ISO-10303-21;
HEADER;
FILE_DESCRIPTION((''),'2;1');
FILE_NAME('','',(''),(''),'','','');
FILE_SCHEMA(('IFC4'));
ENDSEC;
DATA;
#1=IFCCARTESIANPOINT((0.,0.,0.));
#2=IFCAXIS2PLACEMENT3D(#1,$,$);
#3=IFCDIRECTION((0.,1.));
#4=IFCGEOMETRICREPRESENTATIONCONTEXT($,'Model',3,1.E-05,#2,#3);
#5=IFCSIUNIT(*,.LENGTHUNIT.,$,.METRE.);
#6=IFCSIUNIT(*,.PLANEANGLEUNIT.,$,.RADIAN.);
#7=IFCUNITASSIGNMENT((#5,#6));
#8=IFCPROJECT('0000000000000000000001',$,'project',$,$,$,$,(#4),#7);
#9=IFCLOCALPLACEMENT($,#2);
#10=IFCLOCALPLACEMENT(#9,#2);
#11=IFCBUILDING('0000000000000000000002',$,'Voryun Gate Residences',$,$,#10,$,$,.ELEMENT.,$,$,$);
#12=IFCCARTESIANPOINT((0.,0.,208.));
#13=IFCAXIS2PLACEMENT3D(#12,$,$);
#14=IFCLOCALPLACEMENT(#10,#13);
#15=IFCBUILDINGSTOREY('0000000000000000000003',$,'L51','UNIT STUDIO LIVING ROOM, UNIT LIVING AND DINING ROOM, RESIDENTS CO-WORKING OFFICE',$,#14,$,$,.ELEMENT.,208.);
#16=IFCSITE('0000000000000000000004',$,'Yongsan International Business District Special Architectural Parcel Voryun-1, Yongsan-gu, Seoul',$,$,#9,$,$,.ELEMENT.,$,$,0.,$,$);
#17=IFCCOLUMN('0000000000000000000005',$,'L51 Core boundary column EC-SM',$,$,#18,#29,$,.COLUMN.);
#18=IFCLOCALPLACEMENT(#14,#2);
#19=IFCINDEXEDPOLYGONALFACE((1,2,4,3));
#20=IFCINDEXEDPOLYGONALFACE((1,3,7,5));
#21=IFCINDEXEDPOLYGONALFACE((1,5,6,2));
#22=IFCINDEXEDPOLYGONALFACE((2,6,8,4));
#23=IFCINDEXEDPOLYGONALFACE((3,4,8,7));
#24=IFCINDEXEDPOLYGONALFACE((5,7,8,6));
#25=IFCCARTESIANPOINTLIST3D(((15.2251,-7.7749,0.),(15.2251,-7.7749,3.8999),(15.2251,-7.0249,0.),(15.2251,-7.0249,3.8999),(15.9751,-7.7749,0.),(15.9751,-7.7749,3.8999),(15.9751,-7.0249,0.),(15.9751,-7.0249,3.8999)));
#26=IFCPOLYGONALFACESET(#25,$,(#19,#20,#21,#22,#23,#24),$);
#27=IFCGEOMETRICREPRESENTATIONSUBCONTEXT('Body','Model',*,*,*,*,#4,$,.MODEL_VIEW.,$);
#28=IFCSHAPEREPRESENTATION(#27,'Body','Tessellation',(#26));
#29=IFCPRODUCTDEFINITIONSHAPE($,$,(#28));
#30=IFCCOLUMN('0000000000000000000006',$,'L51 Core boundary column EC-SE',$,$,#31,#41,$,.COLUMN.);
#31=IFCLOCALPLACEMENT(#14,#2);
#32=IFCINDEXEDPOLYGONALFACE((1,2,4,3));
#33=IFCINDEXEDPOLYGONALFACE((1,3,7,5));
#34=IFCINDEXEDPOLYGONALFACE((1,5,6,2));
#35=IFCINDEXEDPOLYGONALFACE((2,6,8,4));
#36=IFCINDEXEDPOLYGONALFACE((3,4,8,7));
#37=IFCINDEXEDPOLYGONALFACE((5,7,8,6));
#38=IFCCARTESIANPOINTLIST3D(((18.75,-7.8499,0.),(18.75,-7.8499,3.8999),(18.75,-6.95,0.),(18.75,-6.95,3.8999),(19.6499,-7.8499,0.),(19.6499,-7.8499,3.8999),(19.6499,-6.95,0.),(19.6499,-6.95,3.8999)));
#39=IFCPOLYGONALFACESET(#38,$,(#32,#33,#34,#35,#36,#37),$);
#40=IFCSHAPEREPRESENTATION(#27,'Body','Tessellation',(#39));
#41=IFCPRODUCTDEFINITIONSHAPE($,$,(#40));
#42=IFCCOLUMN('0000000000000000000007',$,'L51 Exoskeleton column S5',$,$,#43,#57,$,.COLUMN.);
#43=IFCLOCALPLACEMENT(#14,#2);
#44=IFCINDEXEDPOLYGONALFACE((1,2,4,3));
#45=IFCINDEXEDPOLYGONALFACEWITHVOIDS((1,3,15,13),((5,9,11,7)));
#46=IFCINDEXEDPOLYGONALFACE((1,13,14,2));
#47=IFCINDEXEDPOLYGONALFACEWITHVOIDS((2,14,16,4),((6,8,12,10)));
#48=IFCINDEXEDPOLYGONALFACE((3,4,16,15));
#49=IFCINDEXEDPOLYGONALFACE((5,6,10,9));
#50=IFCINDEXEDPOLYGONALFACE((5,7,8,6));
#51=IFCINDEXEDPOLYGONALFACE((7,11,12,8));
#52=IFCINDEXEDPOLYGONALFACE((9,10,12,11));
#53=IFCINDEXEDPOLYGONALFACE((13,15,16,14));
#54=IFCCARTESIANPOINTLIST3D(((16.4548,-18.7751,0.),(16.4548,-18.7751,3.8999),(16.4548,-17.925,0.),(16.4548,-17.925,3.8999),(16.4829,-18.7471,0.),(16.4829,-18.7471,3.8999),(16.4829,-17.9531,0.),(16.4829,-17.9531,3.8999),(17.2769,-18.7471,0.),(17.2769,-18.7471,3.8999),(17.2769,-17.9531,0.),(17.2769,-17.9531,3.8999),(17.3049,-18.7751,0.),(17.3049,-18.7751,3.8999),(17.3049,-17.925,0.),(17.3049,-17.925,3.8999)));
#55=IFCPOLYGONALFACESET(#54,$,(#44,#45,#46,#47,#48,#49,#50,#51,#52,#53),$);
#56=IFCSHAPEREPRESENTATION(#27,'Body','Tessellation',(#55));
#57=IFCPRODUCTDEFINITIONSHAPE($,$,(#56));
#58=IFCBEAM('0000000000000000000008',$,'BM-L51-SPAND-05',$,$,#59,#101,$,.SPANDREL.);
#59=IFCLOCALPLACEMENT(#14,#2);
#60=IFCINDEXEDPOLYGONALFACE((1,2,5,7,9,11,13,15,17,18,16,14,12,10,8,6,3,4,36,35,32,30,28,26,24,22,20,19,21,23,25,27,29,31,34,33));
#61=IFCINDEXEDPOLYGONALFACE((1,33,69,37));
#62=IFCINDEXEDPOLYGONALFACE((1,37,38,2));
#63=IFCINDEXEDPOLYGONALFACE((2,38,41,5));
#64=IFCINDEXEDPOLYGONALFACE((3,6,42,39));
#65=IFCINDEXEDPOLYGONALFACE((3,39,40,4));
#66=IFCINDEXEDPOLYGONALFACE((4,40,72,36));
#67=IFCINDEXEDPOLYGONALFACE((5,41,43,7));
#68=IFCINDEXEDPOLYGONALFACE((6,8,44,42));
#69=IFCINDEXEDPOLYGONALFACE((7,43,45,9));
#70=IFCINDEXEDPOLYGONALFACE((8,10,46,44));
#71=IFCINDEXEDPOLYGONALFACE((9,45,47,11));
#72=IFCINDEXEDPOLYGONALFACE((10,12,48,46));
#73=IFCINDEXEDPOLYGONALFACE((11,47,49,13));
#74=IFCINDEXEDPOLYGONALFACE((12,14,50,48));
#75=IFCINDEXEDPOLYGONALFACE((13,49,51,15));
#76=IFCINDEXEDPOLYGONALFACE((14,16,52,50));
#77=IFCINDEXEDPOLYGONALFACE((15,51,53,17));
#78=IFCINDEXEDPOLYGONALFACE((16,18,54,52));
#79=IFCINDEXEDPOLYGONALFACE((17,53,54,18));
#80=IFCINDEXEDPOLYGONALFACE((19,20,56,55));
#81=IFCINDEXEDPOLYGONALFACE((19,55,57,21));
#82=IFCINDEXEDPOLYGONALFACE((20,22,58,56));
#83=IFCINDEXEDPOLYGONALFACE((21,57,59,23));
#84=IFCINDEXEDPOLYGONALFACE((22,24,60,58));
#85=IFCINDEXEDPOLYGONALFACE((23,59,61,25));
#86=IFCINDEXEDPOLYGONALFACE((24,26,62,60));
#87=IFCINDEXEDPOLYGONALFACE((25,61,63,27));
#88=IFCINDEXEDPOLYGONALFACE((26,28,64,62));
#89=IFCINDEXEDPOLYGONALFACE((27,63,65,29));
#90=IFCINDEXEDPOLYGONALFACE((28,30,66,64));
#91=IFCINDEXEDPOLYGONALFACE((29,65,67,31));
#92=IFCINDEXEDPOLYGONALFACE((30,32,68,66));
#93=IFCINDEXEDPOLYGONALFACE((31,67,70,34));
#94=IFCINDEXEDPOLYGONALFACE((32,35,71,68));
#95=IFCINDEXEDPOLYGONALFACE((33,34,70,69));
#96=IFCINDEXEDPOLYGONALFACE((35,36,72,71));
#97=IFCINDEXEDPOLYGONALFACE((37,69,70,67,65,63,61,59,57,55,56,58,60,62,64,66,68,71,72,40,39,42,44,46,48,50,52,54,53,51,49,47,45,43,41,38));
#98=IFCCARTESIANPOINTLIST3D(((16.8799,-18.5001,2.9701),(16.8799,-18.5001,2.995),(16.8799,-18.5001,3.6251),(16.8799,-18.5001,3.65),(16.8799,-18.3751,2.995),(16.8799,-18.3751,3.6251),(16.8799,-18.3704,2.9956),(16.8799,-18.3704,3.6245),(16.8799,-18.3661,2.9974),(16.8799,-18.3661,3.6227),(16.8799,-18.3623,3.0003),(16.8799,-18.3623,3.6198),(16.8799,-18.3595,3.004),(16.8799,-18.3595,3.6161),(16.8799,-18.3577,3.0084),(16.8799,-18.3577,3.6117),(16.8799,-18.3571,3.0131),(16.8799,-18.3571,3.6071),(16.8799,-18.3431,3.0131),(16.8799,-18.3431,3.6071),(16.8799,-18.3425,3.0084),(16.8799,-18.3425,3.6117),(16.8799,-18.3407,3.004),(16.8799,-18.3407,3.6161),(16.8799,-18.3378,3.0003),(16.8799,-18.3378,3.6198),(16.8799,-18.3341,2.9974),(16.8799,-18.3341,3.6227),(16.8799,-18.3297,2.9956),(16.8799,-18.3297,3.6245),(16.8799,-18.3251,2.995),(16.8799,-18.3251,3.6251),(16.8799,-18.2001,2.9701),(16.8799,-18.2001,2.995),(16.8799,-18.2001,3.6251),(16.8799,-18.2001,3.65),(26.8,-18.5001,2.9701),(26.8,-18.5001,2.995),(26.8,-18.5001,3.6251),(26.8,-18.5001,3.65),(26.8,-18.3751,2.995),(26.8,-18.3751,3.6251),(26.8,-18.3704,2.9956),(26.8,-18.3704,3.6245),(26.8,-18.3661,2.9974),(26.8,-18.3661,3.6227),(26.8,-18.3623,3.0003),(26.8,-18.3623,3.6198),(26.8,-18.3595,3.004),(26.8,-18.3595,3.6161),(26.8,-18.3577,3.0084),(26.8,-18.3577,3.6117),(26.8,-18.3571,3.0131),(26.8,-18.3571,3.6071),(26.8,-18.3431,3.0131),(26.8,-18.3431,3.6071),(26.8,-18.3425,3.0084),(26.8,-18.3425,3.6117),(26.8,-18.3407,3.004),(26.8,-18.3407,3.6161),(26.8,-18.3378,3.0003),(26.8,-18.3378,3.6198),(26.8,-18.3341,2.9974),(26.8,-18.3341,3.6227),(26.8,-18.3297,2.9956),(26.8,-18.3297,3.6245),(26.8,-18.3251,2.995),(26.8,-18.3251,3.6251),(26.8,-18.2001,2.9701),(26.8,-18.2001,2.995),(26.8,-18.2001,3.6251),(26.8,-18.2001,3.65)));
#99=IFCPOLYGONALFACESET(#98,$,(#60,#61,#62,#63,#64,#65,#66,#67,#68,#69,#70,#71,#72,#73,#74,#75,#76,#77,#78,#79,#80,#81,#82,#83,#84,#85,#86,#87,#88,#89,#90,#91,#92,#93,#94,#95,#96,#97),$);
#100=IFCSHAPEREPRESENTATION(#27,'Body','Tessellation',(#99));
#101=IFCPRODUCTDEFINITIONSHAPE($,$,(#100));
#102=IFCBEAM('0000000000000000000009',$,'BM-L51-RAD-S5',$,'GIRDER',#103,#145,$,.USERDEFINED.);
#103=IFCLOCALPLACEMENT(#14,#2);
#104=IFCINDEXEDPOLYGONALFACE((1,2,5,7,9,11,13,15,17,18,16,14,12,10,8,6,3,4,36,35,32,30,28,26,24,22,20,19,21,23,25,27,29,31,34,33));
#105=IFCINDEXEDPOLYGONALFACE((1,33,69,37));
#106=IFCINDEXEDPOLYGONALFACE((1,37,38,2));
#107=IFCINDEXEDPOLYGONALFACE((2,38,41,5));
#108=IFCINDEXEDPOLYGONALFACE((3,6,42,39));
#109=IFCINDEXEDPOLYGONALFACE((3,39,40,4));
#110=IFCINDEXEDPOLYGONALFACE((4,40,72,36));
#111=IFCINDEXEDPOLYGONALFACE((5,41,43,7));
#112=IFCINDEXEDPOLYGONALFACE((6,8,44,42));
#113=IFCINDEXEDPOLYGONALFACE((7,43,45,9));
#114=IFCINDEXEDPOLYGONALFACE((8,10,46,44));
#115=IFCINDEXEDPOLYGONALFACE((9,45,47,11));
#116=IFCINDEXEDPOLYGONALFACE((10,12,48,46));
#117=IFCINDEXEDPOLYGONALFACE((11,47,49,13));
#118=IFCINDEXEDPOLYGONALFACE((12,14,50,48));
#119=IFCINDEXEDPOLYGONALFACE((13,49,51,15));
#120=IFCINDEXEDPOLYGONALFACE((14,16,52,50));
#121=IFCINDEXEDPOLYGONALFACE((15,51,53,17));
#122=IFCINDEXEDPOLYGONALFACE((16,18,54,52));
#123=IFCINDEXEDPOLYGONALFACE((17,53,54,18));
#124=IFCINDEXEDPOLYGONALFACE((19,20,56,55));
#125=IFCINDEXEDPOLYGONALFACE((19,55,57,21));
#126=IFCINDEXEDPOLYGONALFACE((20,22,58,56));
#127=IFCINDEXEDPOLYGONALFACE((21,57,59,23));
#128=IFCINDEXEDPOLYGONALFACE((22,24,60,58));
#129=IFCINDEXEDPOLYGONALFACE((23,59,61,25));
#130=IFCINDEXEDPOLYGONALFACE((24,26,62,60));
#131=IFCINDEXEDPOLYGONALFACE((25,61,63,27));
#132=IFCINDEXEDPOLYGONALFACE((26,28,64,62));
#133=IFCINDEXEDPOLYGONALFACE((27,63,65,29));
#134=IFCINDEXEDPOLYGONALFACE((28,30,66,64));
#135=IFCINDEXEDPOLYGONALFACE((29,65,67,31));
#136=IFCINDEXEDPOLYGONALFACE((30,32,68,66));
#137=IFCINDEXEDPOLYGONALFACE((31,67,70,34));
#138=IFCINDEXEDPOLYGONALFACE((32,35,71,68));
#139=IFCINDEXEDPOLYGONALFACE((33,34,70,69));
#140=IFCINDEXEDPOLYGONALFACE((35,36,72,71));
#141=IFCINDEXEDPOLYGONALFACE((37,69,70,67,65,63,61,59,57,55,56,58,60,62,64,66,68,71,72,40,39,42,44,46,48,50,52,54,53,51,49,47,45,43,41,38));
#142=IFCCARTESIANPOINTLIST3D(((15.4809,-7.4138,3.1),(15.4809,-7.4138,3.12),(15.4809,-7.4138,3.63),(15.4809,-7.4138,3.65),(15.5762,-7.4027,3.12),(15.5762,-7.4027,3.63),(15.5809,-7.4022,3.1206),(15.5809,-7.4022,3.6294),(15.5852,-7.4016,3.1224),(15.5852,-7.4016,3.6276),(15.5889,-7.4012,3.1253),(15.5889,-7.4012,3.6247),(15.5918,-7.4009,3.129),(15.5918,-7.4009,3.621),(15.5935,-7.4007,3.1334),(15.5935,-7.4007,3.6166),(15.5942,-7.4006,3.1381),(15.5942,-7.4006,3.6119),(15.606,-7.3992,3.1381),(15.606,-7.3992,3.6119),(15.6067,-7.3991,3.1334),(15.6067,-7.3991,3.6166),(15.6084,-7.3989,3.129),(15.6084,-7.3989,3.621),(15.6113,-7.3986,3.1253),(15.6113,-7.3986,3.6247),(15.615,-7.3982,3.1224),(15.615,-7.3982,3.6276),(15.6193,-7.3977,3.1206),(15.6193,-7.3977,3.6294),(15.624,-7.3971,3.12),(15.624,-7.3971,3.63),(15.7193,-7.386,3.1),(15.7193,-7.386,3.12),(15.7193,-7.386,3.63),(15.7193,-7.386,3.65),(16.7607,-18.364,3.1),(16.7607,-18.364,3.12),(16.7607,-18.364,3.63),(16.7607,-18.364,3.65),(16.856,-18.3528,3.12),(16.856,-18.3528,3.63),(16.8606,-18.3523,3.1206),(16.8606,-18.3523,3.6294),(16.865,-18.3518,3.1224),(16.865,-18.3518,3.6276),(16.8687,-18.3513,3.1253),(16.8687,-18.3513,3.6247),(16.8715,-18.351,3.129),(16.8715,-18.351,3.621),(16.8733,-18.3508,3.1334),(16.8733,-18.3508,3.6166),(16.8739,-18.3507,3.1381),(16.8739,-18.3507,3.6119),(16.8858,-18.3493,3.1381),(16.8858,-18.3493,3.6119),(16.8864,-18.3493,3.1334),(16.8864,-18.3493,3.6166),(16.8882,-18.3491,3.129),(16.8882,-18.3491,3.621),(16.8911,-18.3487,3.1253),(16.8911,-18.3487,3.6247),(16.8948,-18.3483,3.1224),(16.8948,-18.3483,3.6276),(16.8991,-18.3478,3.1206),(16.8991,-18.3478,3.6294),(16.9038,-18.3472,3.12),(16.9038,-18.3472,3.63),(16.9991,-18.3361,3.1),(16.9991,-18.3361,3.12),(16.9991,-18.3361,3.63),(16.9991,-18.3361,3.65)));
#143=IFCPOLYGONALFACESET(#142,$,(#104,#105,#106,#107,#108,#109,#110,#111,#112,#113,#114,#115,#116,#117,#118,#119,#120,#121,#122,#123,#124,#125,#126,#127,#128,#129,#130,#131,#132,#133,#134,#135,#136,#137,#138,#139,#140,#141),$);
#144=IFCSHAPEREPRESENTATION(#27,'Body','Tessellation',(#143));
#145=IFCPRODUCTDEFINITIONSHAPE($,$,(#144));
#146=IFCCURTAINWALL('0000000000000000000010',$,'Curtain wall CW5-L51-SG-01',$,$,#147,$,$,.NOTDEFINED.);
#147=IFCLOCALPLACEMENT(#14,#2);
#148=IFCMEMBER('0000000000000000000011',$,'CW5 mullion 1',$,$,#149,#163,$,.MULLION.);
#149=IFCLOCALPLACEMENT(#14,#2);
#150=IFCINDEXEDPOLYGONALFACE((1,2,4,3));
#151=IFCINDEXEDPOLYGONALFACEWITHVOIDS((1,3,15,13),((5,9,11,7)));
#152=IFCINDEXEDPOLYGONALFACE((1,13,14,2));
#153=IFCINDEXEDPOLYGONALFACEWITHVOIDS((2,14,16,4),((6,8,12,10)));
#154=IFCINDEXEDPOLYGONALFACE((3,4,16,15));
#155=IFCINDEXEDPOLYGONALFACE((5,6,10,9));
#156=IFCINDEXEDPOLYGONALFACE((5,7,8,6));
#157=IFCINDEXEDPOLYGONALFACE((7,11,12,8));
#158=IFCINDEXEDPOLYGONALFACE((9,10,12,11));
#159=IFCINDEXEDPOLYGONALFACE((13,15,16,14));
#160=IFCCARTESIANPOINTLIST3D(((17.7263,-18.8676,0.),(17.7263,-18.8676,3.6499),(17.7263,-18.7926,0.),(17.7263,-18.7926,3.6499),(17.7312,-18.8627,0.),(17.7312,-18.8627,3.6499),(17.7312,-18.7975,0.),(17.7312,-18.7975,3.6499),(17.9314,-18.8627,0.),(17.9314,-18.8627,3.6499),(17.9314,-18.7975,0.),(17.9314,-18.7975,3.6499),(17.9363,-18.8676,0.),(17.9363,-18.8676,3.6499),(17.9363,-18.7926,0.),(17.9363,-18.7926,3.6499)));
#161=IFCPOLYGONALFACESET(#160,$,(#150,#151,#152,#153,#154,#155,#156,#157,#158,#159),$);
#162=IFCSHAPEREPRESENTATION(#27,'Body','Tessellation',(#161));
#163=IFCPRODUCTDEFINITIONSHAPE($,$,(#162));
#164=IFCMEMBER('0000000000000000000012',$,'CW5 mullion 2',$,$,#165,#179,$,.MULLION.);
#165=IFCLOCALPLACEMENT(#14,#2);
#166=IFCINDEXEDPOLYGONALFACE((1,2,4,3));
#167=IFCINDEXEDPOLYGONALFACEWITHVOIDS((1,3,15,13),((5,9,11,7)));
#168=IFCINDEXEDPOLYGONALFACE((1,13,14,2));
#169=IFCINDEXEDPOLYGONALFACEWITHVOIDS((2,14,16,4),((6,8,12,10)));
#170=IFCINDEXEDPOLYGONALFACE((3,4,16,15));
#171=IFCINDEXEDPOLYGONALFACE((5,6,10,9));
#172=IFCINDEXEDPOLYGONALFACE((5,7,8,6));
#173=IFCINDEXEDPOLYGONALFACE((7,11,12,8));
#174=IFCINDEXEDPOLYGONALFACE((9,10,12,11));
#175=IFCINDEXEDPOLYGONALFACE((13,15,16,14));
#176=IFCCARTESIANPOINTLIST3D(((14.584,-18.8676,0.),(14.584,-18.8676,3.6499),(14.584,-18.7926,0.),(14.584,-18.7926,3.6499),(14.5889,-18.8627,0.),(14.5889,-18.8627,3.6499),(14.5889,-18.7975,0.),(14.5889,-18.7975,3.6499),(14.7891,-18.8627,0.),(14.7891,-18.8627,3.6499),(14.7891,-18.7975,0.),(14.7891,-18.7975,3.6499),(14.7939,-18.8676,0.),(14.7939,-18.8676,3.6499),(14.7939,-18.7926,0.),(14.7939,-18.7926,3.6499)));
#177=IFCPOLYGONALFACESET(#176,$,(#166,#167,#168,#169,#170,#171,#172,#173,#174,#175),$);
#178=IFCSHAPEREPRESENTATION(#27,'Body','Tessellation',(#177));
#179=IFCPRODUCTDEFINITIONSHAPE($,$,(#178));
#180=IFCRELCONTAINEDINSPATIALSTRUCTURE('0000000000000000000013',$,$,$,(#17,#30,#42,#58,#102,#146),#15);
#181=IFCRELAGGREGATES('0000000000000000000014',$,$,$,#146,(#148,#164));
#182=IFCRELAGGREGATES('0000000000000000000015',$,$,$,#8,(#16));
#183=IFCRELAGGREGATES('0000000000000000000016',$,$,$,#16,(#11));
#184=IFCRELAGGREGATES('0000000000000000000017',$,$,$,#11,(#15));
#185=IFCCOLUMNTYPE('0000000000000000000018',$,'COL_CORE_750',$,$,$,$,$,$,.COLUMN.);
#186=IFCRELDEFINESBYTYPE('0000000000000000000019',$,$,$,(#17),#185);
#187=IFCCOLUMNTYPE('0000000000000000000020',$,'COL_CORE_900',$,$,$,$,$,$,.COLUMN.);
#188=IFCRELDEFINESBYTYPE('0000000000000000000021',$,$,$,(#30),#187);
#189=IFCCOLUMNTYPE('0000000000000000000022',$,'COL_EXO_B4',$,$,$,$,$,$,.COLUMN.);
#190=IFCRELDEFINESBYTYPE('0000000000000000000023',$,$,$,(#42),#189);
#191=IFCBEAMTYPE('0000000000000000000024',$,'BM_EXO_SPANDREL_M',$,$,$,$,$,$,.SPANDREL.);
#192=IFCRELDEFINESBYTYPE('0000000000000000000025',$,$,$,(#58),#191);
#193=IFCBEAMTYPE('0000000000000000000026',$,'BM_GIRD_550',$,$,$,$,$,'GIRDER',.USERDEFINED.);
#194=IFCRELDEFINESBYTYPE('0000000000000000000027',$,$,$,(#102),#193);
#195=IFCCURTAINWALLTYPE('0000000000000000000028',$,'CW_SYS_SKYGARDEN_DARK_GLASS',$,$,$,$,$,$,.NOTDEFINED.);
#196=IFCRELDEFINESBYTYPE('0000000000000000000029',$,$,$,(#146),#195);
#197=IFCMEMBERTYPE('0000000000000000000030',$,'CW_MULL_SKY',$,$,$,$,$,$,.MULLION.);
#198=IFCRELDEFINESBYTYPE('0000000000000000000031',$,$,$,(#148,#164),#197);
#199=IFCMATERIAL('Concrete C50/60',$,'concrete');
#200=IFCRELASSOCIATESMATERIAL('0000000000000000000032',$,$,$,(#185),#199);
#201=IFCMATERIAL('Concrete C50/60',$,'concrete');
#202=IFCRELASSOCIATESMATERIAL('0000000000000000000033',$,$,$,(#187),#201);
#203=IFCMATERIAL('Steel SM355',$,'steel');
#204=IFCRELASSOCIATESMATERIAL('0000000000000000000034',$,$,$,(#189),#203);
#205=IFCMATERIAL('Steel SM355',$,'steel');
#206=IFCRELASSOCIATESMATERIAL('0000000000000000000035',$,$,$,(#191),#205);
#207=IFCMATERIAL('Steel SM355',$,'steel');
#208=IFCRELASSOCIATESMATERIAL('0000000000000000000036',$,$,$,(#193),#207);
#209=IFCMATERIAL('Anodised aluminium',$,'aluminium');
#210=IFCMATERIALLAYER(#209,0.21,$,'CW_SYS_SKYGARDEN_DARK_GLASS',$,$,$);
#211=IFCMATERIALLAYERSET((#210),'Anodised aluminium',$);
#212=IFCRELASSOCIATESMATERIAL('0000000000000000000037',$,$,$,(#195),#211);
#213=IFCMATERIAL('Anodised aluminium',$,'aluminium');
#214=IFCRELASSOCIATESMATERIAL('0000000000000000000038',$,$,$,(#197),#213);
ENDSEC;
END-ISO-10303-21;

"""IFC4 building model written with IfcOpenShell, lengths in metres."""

from ifc_helpers import new_model, si_unit, direction, frame, origin, origin_2d, place, context, subcontext, project, spatial, rectangle, hollow_rectangle, i_section, extrude, material, layer, layer_set, material_profile, profile_set, type_object, element, aggregate, save


model = new_model("IFC4")

# Units and contexts
model_context = context("Model", 3, precision=1e-05, world=origin(), true_north=direction((0.0, 1.0)))
body_context = subcontext(model_context, "Body", "Model", "MODEL_VIEW")
ifc_project = project(units=[si_unit("LENGTHUNIT", "METRE"), si_unit("PLANEANGLEUNIT", "RADIAN")], contexts=[model_context])

# Site, building, storey
site_placement = place(None, origin())
site = spatial("IfcSite", under=ifc_project, at=site_placement, Name="Yongsan International Business District Special Architectural Parcel Voryun-1, Yongsan-gu, Seoul", CompositionType="ELEMENT", RefElevation=0.0)
building_placement = place(site_placement, origin())
building = spatial("IfcBuilding", under=site, at=building_placement, Name="Voryun Gate Residences", CompositionType="ELEMENT")
storey_placement = place(building_placement, frame((0.0, 0.0, 208.0)))
storey = spatial("IfcBuildingStorey", under=building, at=storey_placement, Name="L51", Description="UNIT STUDIO LIVING ROOM, UNIT LIVING AND DINING ROOM, RESIDENTS CO-WORKING OFFICE", CompositionType="ELEMENT", Elevation=208.0)

# Columns
ifc_material_1 = material(Name="Concrete C50/60", Category="concrete")
ifc_material_profile_1 = material_profile(ifc_material_1, rectangle(XDim=0.75, YDim=0.75, at=origin_2d()), Name="RC-750x750")
ifc_profile_set_1 = profile_set([ifc_material_profile_1], Name="Concrete C50/60")
column_type_1 = type_object("IfcColumnType", Name="COL_CORE_750", PredefinedType="COLUMN", material=ifc_profile_set_1)
column_1_placement = place(storey_placement, frame((15.6001, -7.3999, 0.0), z_axis=(0.0, 0.0, 1.0), x_axis=(1.0, 0.0, 0.0)))
element("IfcColumn", 1, at=column_1_placement, inside=storey, type_object=column_type_1, Name="L51 Core boundary column EC-SM", PredefinedType="COLUMN", context=body_context, shape_type="SweptSolid", body=[
    extrude(rectangle(XDim=0.75, YDim=0.75, at=origin_2d()), origin(), (0.0, 0.0, 1.0), 3.8999),
])
ifc_material_2 = material(Name="Concrete C50/60", Category="concrete")
ifc_material_profile_2 = material_profile(ifc_material_2, rectangle(XDim=0.8999, YDim=0.8999, at=origin_2d()), Name="RC-900x900")
ifc_profile_set_2 = profile_set([ifc_material_profile_2], Name="Concrete C50/60")
column_type_2 = type_object("IfcColumnType", Name="COL_CORE_900", PredefinedType="COLUMN", material=ifc_profile_set_2)
column_2_placement = place(storey_placement, frame((19.2, -7.3999, 0.0), z_axis=(0.0, 0.0, 1.0), x_axis=(1.0, 0.0, 0.0)))
element("IfcColumn", 2, at=column_2_placement, inside=storey, type_object=column_type_2, Name="L51 Core boundary column EC-SE", PredefinedType="COLUMN", context=body_context, shape_type="SweptSolid", body=[
    extrude(rectangle(XDim=0.8999, YDim=0.8999, at=origin_2d()), origin(), (0.0, 0.0, 1.0), 3.8999),
])
ifc_material_3 = material(Name="Steel SM355", Category="steel")
ifc_material_profile_3 = material_profile(ifc_material_3, hollow_rectangle(XDim=0.8501, YDim=0.8501, WallThickness=0.0281, at=origin_2d()), Name="BOX-850x850x28")
ifc_profile_set_3 = profile_set([ifc_material_profile_3], Name="Steel SM355")
column_type_3 = type_object("IfcColumnType", Name="COL_EXO_B4", PredefinedType="COLUMN", material=ifc_profile_set_3)
column_3_placement = place(storey_placement, frame((16.8799, -18.3501, 0.0), z_axis=(0.0, 0.0, 1.0), x_axis=(1.0, 0.0, 0.0)))
element("IfcColumn", 3, at=column_3_placement, inside=storey, type_object=column_type_3, Name="L51 Exoskeleton column S5", PredefinedType="COLUMN", context=body_context, shape_type="SweptSolid", body=[
    extrude(hollow_rectangle(XDim=0.8501, YDim=0.8501, WallThickness=0.0281, at=origin_2d()), origin(), (0.0, 0.0, 1.0), 3.8999),
])

# Beams
ifc_material_4 = material(Name="Steel SM355", Category="steel")
ifc_material_profile_4 = material_profile(ifc_material_4, i_section(OverallWidth=0.3, OverallDepth=0.6799, WebThickness=0.0139, FlangeThickness=0.0249, FilletRadius=0.0181, at=origin_2d()), Name="H-680x300x14x25")
ifc_profile_set_4 = profile_set([ifc_material_profile_4], Name="Steel SM355")
beam_type_1 = type_object("IfcBeamType", Name="BM_EXO_SPANDREL_M", PredefinedType="SPANDREL", material=ifc_profile_set_4)
beam_1_placement = place(storey_placement, frame((16.8799, -18.3501, 3.3101), z_axis=(1.0, 0.0, 0.0), x_axis=(0.0, 1.0, 0.0)))
element("IfcBeam", 4, at=beam_1_placement, inside=storey, type_object=beam_type_1, Name="BM-L51-SPAND-05", PredefinedType="SPANDREL", context=body_context, shape_type="SweptSolid", body=[
    extrude(i_section(OverallWidth=0.3, OverallDepth=0.6799, WebThickness=0.0139, FlangeThickness=0.0249, FilletRadius=0.0181, at=origin_2d()), origin(), (0.0, 0.0, 1.0), 9.9202),
])
ifc_material_5 = material(Name="Steel SM355", Category="steel")
ifc_material_profile_5 = material_profile(ifc_material_5, i_section(OverallWidth=0.24, OverallDepth=0.55, WebThickness=0.012, FlangeThickness=0.02, FilletRadius=0.0181, at=origin_2d()), Name="H-550x240x12x20")
ifc_profile_set_5 = profile_set([ifc_material_profile_5], Name="Steel SM355")
beam_type_2 = type_object("IfcBeamType", Name="BM_GIRD_550", ElementType="GIRDER", PredefinedType="USERDEFINED", material=ifc_profile_set_5)
beam_2_placement = place(storey_placement, frame((15.6001, -7.3999, 3.375), z_axis=(0.116083, -0.993239, 0.0), x_axis=(0.993239, 0.116083, 0.0)))
element("IfcBeam", 5, at=beam_2_placement, inside=storey, type_object=beam_type_2, Name="BM-L51-RAD-S5", ObjectType="GIRDER", PredefinedType="USERDEFINED", context=body_context, shape_type="SweptSolid", body=[
    extrude(i_section(OverallWidth=0.24, OverallDepth=0.55, WebThickness=0.012, FlangeThickness=0.02, FilletRadius=0.0181, at=origin_2d()), origin(), (0.0, 0.0, 1.0), 11.0247),
])

# Curtain wall, members
ifc_material_6 = material(Name="Anodised aluminium", Category="aluminium")
ifc_layer_1 = layer(ifc_material_6, 0.21, Name="CW_SYS_SKYGARDEN_DARK_GLASS")
ifc_layer_set_1 = layer_set([ifc_layer_1], Name="Anodised aluminium")
curtain_wall_type = type_object("IfcCurtainWallType", Name="CW_SYS_SKYGARDEN_DARK_GLASS", PredefinedType="NOTDEFINED", material=ifc_layer_set_1)
curtain_wall_placement = place(storey_placement, origin())
curtain_wall = element("IfcCurtainWall", 6, at=curtain_wall_placement, inside=storey, type_object=curtain_wall_type, Name="Curtain wall CW5-L51-SG-01", PredefinedType="NOTDEFINED")
ifc_material_7 = material(Name="Anodised aluminium", Category="aluminium")
ifc_material_profile_6 = material_profile(ifc_material_7, hollow_rectangle(XDim=0.075, YDim=0.21, WallThickness=0.0049, at=origin_2d()), Name="ALU-MULL-210x75x5")
ifc_profile_set_6 = profile_set([ifc_material_profile_6], Name="Anodised aluminium")
member_type_1 = type_object("IfcMemberType", Name="CW_MULL_SKY", PredefinedType="MULLION", material=ifc_profile_set_6)
member_1_placement = place(storey_placement, frame((17.8313, -18.8301, 0.0), z_axis=(0.0, 0.0, 1.0), x_axis=(0.0, -1.0, 0.0)))
member_1 = element("IfcMember", 7, at=member_1_placement, type_object=member_type_1, Name="CW5 mullion 1", PredefinedType="MULLION", context=body_context, shape_type="SweptSolid", body=[
    extrude(hollow_rectangle(XDim=0.075, YDim=0.21, WallThickness=0.0049, at=origin_2d()), origin(), (0.0, 0.0, 1.0), 3.6499),
])
member_2_placement = place(storey_placement, frame((14.689, -18.8301, 0.0), z_axis=(0.0, 0.0, 1.0), x_axis=(0.0, -1.0, 0.0)))
member_2 = element("IfcMember", 8, at=member_2_placement, type_object=member_type_1, Name="CW5 mullion 2", PredefinedType="MULLION", context=body_context, shape_type="SweptSolid", body=[
    extrude(hollow_rectangle(XDim=0.075, YDim=0.21, WallThickness=0.0049, at=origin_2d()), origin(), (0.0, 0.0, 1.0), 3.6499),
])
aggregate(curtain_wall, [member_1, member_2])

save(model, "model.ifc")
